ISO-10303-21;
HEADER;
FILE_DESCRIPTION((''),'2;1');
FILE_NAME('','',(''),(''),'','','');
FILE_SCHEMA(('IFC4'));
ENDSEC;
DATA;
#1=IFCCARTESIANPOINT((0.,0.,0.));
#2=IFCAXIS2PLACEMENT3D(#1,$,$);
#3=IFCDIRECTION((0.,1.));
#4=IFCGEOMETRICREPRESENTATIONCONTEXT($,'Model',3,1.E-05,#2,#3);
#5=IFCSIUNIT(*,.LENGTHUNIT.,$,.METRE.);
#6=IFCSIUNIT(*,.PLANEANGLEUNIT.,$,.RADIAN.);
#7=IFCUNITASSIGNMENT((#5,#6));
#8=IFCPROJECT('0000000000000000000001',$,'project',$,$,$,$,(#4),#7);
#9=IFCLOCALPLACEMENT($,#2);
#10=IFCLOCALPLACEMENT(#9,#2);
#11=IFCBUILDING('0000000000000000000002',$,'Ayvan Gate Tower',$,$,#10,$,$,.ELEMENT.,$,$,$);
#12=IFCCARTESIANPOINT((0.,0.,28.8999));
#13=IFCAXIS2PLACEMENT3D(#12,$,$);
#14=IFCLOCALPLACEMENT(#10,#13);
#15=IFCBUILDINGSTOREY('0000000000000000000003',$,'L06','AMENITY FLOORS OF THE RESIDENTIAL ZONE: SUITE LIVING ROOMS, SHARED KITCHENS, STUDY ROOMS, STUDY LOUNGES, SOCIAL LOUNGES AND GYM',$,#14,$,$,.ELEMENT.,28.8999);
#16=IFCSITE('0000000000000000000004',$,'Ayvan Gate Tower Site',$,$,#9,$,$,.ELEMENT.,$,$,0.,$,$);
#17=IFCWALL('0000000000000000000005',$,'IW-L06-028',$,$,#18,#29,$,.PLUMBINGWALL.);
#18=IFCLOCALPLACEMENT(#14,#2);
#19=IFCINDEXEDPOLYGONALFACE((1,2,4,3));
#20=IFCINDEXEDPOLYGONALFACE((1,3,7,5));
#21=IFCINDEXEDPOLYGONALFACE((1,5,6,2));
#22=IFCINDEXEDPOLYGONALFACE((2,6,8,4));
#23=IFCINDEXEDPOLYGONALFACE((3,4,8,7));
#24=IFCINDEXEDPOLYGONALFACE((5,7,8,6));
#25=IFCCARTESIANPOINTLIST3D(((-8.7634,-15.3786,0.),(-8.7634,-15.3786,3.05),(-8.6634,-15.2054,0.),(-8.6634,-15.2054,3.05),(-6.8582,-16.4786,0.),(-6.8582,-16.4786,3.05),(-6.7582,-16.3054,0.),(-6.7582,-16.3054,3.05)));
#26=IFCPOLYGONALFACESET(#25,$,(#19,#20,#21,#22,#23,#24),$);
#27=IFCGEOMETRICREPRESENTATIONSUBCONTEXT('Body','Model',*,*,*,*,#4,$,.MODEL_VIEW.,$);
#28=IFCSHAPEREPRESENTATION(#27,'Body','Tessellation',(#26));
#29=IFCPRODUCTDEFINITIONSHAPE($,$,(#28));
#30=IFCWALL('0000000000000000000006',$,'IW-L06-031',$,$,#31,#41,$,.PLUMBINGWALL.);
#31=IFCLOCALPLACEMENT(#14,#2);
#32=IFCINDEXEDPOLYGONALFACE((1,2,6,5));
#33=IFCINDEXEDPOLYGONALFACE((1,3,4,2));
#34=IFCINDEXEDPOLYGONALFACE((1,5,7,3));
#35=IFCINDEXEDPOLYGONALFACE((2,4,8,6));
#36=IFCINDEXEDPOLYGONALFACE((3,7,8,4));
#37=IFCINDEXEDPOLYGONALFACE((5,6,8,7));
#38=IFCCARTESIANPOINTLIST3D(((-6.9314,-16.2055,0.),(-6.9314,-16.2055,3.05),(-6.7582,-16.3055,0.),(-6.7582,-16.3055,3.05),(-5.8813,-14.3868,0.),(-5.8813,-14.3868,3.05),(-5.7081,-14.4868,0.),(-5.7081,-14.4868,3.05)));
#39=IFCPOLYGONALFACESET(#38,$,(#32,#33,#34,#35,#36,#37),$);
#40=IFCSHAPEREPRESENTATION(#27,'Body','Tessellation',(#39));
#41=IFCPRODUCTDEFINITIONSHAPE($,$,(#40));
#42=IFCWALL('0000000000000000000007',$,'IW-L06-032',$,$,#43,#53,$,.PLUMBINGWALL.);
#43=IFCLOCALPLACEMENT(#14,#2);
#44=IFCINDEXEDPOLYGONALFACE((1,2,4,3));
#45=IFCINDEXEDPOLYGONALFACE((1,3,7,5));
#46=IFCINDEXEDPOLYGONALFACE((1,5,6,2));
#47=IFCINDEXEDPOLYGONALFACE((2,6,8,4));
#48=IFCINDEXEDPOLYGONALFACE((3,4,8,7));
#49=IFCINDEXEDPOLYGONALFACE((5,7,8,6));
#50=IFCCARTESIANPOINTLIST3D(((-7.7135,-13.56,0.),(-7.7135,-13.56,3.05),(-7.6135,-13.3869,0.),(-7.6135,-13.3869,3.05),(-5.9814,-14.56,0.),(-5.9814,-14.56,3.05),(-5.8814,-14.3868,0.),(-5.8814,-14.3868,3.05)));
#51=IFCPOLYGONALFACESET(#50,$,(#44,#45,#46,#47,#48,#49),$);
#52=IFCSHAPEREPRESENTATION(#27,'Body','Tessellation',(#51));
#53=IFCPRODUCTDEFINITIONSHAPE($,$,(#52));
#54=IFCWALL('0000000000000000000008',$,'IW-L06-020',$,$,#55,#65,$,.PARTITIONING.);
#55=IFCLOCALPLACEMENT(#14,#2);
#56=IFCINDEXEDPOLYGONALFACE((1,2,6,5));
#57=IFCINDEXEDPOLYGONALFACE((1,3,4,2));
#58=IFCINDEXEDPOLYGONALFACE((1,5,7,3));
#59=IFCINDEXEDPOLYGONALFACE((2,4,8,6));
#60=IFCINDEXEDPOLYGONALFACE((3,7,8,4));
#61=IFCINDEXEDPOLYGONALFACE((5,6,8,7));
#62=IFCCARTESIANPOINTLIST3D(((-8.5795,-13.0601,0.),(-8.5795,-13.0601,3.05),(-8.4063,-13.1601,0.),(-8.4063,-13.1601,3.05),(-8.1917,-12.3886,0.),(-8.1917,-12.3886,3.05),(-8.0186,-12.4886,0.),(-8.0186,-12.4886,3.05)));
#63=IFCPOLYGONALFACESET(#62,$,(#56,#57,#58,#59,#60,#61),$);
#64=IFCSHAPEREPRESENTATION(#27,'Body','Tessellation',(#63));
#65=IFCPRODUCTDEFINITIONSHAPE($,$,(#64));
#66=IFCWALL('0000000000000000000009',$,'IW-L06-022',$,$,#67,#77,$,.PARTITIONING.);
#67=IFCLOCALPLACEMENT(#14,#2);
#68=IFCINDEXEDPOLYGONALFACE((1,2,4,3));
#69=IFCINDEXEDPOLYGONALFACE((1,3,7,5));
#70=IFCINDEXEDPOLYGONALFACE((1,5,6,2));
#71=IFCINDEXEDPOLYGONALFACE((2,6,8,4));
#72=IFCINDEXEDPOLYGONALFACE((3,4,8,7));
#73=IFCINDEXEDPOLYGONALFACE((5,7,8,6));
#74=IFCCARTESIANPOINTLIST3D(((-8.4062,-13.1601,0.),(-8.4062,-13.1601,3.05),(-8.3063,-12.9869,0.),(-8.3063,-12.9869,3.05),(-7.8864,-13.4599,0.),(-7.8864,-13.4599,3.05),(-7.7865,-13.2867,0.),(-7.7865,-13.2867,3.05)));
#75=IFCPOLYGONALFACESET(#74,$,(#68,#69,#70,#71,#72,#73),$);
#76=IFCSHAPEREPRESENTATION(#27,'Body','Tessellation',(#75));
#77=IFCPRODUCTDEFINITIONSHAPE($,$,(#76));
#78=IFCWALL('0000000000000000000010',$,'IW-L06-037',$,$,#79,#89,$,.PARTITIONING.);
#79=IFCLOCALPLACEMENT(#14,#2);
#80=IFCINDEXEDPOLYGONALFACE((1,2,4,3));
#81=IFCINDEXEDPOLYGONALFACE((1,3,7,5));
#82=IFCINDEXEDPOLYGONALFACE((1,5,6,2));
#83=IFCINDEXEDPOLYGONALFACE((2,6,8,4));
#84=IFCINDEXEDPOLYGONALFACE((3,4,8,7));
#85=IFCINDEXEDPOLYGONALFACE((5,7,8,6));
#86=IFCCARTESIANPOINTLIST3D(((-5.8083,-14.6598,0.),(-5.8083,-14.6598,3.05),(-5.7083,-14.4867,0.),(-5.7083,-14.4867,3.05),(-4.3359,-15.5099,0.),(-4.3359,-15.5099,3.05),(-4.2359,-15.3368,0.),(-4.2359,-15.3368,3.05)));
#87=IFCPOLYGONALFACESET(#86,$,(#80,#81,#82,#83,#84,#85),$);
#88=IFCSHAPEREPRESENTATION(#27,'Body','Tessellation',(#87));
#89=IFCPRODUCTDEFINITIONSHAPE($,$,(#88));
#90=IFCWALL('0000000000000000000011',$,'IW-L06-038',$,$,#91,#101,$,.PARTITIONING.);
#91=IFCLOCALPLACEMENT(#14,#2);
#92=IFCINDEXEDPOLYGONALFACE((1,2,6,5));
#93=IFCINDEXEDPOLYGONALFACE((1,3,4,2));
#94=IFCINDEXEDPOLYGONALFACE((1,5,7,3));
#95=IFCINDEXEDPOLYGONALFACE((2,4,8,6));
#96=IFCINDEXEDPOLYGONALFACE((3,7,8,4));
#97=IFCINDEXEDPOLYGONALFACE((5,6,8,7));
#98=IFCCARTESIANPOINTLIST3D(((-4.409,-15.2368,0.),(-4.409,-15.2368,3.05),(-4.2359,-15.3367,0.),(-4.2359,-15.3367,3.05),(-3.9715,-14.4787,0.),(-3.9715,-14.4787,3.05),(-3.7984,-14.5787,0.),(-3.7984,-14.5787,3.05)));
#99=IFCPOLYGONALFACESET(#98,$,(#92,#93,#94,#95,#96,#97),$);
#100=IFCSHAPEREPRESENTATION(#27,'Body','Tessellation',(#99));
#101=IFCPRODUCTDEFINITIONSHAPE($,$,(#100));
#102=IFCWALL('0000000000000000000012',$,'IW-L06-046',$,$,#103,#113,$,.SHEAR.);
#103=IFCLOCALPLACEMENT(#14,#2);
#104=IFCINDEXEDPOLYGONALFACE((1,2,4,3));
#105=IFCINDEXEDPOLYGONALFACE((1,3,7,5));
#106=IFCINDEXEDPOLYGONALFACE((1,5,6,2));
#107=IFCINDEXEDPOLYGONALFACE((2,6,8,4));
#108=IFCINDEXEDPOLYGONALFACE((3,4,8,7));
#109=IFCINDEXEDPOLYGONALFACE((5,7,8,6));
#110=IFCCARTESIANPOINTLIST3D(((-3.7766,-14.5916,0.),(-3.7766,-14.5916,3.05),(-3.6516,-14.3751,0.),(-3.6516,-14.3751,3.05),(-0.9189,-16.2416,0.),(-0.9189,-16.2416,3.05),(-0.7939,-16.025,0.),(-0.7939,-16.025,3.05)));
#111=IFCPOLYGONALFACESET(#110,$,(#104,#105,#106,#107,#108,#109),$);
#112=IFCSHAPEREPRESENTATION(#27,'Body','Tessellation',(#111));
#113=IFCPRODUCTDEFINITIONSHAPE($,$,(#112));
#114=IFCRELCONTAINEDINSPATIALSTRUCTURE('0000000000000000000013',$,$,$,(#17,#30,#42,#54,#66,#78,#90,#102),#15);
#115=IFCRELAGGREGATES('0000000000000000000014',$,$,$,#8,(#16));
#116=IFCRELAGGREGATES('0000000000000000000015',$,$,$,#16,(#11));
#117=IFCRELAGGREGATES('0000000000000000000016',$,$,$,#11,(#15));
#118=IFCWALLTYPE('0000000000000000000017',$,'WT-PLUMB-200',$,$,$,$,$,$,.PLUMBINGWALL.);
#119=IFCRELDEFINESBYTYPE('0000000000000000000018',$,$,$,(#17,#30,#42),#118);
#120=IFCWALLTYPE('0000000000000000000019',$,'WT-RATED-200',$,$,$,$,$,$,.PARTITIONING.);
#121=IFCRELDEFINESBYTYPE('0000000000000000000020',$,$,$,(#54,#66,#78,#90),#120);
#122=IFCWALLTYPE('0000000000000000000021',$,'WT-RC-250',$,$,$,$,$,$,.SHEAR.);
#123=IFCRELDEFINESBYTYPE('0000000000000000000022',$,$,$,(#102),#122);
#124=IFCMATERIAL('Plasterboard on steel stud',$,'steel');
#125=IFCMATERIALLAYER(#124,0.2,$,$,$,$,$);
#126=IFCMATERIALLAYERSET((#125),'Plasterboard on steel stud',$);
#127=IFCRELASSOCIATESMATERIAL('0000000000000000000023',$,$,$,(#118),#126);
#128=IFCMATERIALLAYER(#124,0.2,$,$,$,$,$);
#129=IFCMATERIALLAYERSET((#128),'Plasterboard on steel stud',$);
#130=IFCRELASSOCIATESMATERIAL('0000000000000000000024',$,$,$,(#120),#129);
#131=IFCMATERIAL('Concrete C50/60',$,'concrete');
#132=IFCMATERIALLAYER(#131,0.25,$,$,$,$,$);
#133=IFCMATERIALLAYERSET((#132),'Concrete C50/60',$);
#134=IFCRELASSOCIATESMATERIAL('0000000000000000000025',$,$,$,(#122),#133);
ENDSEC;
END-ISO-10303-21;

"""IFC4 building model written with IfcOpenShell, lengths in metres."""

from ifc_helpers import new_model, si_unit, direction, frame, frame_2d, origin, place, context, subcontext, project, spatial, rectangle, extrude, material, layer, layer_set, type_object, element, save


model = new_model("IFC4")

# Units and contexts
model_context = context("Model", 3, precision=1e-05, world=origin(), true_north=direction((0.0, 1.0)))
body_context = subcontext(model_context, "Body", "Model", "MODEL_VIEW")
ifc_project = project(units=[si_unit("LENGTHUNIT", "METRE"), si_unit("PLANEANGLEUNIT", "RADIAN")], contexts=[model_context])

# Site, building, storey
site_placement = place(None, origin())
site = spatial("IfcSite", under=ifc_project, at=site_placement, Name="Ayvan Gate Tower Site", CompositionType="ELEMENT", RefElevation=0.0)
building_placement = place(site_placement, origin())
building = spatial("IfcBuilding", under=site, at=building_placement, Name="Ayvan Gate Tower", CompositionType="ELEMENT")
storey_placement = place(building_placement, frame((0.0, 0.0, 28.8999)))
storey = spatial("IfcBuildingStorey", under=building, at=storey_placement, Name="L06", Description="AMENITY FLOORS OF THE RESIDENTIAL ZONE: SUITE LIVING ROOMS, SHARED KITCHENS, STUDY ROOMS, STUDY LOUNGES, SOCIAL LOUNGES AND GYM", CompositionType="ELEMENT", Elevation=28.8999)

# Walls
ifc_material_1 = material(Name="Plasterboard on steel stud", Category="steel")
ifc_layer_1 = layer(ifc_material_1, 0.2)
ifc_layer_set_1 = layer_set([ifc_layer_1], Name="Plasterboard on steel stud")
wall_type_1 = type_object("IfcWallType", Name="WT-PLUMB-200", PredefinedType="PLUMBINGWALL", material=ifc_layer_set_1)
wall_1_placement = place(storey_placement, frame((-6.8081, -16.3921, 0.0), z_axis=(0.0, 0.0, 1.0), x_axis=(-0.866008, 0.50003, 0.0)))
element("IfcWall", 1, at=wall_1_placement, inside=storey, type_object=wall_type_1, Name="IW-L06-028", PredefinedType="PLUMBINGWALL", context=body_context, shape_type="SweptSolid", body=[
    extrude(rectangle(XDim=2.2, YDim=0.2, at=frame_2d((1.1001, 0.0))), origin(), (0.0, 0.0, 1.0), 3.05),
])
wall_2_placement = place(storey_placement, frame((-5.7947, -14.4368, 0.0), z_axis=(0.0, 0.0, 1.0), x_axis=(-0.500028, -0.866009, 0.0)))
element("IfcWall", 2, at=wall_2_placement, inside=storey, type_object=wall_type_1, Name="IW-L06-031", PredefinedType="PLUMBINGWALL", context=body_context, shape_type="SweptSolid", body=[
    extrude(rectangle(XDim=2.1001, YDim=0.2, at=frame_2d((1.05, 0.0))), origin(), (0.0, 0.0, 1.0), 3.05),
])
wall_3_placement = place(storey_placement, frame((-5.9314, -14.4734, 0.0), z_axis=(0.0, 0.0, 1.0), x_axis=(-0.866041, 0.499973, 0.0)))
element("IfcWall", 3, at=wall_3_placement, inside=storey, type_object=wall_type_1, Name="IW-L06-032", PredefinedType="PLUMBINGWALL", context=body_context, shape_type="SweptSolid", body=[
    extrude(rectangle(XDim=2.0, YDim=0.2, at=frame_2d((1.0, 0.0))), origin(), (0.0, 0.0, 1.0), 3.05),
])
ifc_layer_2 = layer(ifc_material_1, 0.2)
ifc_layer_set_2 = layer_set([ifc_layer_2], Name="Plasterboard on steel stud")
wall_type_2 = type_object("IfcWallType", Name="WT-RATED-200", PredefinedType="PARTITIONING", material=ifc_layer_set_2)
wall_4_placement = place(storey_placement, frame((-8.4929, -13.1101, 0.0), z_axis=(0.0, 0.0, 1.0), x_axis=(0.500068, 0.865986, 0.0)))
element("IfcWall", 4, at=wall_4_placement, inside=storey, type_object=wall_type_2, Name="IW-L06-020", PredefinedType="PARTITIONING", context=body_context, shape_type="SweptSolid", body=[
    extrude(rectangle(XDim=0.7754, YDim=0.2, at=frame_2d((0.3877, 0.0))), origin(), (0.0, 0.0, 1.0), 3.05),
])
wall_5_placement = place(storey_placement, frame((-7.8364, -13.3733, 0.0), z_axis=(0.0, 0.0, 1.0), x_axis=(-0.866233, 0.49964, 0.0)))
element("IfcWall", 5, at=wall_5_placement, inside=storey, type_object=wall_type_2, Name="IW-L06-022", PredefinedType="PARTITIONING", context=body_context, shape_type="SweptSolid", body=[
    extrude(rectangle(XDim=0.6001, YDim=0.2, at=frame_2d((0.3, 0.0))), origin(), (0.0, 0.0, 1.0), 3.05),
])
wall_6_placement = place(storey_placement, frame((-4.2859, -15.4233, 0.0), z_axis=(0.0, 0.0, 1.0), x_axis=(-0.866025, 0.5, 0.0)))
element("IfcWall", 6, at=wall_6_placement, inside=storey, type_object=wall_type_2, Name="IW-L06-037", PredefinedType="PARTITIONING", context=body_context, shape_type="SweptSolid", body=[
    extrude(rectangle(XDim=1.7002, YDim=0.2, at=frame_2d((0.8501, 0.0))), origin(), (0.0, 0.0, 1.0), 3.05),
])
wall_7_placement = place(storey_placement, frame((-3.885, -14.5288, 0.0), z_axis=(0.0, 0.0, 1.0), x_axis=(-0.499859, -0.866107, 0.0)))
element("IfcWall", 7, at=wall_7_placement, inside=storey, type_object=wall_type_2, Name="IW-L06-038", PredefinedType="PARTITIONING", context=body_context, shape_type="SweptSolid", body=[
    extrude(rectangle(XDim=0.8752, YDim=0.2, at=frame_2d((0.4375, 0.0))), origin(), (0.0, 0.0, 1.0), 3.05),
])
ifc_material_2 = material(Name="Concrete C50/60", Category="concrete")
ifc_layer_3 = layer(ifc_material_2, 0.25)
ifc_layer_set_3 = layer_set([ifc_layer_3], Name="Concrete C50/60")
wall_type_3 = type_object("IfcWallType", Name="WT-RC-250", PredefinedType="SHEAR", material=ifc_layer_set_3)
wall_8_placement = place(storey_placement, frame((-0.8564, -16.1333, 0.0), z_axis=(0.0, 0.0, 1.0), x_axis=(-0.866022, 0.500006, 0.0)))
element("IfcWall", 8, at=wall_8_placement, inside=storey, type_object=wall_type_3, Name="IW-L06-046", PredefinedType="SHEAR", context=body_context, shape_type="SweptSolid", body=[
    extrude(rectangle(XDim=3.2998, YDim=0.25, at=frame_2d((1.6499, 0.0))), origin(), (0.0, 0.0, 1.0), 3.05),
])

save(model, "model.ifc")
